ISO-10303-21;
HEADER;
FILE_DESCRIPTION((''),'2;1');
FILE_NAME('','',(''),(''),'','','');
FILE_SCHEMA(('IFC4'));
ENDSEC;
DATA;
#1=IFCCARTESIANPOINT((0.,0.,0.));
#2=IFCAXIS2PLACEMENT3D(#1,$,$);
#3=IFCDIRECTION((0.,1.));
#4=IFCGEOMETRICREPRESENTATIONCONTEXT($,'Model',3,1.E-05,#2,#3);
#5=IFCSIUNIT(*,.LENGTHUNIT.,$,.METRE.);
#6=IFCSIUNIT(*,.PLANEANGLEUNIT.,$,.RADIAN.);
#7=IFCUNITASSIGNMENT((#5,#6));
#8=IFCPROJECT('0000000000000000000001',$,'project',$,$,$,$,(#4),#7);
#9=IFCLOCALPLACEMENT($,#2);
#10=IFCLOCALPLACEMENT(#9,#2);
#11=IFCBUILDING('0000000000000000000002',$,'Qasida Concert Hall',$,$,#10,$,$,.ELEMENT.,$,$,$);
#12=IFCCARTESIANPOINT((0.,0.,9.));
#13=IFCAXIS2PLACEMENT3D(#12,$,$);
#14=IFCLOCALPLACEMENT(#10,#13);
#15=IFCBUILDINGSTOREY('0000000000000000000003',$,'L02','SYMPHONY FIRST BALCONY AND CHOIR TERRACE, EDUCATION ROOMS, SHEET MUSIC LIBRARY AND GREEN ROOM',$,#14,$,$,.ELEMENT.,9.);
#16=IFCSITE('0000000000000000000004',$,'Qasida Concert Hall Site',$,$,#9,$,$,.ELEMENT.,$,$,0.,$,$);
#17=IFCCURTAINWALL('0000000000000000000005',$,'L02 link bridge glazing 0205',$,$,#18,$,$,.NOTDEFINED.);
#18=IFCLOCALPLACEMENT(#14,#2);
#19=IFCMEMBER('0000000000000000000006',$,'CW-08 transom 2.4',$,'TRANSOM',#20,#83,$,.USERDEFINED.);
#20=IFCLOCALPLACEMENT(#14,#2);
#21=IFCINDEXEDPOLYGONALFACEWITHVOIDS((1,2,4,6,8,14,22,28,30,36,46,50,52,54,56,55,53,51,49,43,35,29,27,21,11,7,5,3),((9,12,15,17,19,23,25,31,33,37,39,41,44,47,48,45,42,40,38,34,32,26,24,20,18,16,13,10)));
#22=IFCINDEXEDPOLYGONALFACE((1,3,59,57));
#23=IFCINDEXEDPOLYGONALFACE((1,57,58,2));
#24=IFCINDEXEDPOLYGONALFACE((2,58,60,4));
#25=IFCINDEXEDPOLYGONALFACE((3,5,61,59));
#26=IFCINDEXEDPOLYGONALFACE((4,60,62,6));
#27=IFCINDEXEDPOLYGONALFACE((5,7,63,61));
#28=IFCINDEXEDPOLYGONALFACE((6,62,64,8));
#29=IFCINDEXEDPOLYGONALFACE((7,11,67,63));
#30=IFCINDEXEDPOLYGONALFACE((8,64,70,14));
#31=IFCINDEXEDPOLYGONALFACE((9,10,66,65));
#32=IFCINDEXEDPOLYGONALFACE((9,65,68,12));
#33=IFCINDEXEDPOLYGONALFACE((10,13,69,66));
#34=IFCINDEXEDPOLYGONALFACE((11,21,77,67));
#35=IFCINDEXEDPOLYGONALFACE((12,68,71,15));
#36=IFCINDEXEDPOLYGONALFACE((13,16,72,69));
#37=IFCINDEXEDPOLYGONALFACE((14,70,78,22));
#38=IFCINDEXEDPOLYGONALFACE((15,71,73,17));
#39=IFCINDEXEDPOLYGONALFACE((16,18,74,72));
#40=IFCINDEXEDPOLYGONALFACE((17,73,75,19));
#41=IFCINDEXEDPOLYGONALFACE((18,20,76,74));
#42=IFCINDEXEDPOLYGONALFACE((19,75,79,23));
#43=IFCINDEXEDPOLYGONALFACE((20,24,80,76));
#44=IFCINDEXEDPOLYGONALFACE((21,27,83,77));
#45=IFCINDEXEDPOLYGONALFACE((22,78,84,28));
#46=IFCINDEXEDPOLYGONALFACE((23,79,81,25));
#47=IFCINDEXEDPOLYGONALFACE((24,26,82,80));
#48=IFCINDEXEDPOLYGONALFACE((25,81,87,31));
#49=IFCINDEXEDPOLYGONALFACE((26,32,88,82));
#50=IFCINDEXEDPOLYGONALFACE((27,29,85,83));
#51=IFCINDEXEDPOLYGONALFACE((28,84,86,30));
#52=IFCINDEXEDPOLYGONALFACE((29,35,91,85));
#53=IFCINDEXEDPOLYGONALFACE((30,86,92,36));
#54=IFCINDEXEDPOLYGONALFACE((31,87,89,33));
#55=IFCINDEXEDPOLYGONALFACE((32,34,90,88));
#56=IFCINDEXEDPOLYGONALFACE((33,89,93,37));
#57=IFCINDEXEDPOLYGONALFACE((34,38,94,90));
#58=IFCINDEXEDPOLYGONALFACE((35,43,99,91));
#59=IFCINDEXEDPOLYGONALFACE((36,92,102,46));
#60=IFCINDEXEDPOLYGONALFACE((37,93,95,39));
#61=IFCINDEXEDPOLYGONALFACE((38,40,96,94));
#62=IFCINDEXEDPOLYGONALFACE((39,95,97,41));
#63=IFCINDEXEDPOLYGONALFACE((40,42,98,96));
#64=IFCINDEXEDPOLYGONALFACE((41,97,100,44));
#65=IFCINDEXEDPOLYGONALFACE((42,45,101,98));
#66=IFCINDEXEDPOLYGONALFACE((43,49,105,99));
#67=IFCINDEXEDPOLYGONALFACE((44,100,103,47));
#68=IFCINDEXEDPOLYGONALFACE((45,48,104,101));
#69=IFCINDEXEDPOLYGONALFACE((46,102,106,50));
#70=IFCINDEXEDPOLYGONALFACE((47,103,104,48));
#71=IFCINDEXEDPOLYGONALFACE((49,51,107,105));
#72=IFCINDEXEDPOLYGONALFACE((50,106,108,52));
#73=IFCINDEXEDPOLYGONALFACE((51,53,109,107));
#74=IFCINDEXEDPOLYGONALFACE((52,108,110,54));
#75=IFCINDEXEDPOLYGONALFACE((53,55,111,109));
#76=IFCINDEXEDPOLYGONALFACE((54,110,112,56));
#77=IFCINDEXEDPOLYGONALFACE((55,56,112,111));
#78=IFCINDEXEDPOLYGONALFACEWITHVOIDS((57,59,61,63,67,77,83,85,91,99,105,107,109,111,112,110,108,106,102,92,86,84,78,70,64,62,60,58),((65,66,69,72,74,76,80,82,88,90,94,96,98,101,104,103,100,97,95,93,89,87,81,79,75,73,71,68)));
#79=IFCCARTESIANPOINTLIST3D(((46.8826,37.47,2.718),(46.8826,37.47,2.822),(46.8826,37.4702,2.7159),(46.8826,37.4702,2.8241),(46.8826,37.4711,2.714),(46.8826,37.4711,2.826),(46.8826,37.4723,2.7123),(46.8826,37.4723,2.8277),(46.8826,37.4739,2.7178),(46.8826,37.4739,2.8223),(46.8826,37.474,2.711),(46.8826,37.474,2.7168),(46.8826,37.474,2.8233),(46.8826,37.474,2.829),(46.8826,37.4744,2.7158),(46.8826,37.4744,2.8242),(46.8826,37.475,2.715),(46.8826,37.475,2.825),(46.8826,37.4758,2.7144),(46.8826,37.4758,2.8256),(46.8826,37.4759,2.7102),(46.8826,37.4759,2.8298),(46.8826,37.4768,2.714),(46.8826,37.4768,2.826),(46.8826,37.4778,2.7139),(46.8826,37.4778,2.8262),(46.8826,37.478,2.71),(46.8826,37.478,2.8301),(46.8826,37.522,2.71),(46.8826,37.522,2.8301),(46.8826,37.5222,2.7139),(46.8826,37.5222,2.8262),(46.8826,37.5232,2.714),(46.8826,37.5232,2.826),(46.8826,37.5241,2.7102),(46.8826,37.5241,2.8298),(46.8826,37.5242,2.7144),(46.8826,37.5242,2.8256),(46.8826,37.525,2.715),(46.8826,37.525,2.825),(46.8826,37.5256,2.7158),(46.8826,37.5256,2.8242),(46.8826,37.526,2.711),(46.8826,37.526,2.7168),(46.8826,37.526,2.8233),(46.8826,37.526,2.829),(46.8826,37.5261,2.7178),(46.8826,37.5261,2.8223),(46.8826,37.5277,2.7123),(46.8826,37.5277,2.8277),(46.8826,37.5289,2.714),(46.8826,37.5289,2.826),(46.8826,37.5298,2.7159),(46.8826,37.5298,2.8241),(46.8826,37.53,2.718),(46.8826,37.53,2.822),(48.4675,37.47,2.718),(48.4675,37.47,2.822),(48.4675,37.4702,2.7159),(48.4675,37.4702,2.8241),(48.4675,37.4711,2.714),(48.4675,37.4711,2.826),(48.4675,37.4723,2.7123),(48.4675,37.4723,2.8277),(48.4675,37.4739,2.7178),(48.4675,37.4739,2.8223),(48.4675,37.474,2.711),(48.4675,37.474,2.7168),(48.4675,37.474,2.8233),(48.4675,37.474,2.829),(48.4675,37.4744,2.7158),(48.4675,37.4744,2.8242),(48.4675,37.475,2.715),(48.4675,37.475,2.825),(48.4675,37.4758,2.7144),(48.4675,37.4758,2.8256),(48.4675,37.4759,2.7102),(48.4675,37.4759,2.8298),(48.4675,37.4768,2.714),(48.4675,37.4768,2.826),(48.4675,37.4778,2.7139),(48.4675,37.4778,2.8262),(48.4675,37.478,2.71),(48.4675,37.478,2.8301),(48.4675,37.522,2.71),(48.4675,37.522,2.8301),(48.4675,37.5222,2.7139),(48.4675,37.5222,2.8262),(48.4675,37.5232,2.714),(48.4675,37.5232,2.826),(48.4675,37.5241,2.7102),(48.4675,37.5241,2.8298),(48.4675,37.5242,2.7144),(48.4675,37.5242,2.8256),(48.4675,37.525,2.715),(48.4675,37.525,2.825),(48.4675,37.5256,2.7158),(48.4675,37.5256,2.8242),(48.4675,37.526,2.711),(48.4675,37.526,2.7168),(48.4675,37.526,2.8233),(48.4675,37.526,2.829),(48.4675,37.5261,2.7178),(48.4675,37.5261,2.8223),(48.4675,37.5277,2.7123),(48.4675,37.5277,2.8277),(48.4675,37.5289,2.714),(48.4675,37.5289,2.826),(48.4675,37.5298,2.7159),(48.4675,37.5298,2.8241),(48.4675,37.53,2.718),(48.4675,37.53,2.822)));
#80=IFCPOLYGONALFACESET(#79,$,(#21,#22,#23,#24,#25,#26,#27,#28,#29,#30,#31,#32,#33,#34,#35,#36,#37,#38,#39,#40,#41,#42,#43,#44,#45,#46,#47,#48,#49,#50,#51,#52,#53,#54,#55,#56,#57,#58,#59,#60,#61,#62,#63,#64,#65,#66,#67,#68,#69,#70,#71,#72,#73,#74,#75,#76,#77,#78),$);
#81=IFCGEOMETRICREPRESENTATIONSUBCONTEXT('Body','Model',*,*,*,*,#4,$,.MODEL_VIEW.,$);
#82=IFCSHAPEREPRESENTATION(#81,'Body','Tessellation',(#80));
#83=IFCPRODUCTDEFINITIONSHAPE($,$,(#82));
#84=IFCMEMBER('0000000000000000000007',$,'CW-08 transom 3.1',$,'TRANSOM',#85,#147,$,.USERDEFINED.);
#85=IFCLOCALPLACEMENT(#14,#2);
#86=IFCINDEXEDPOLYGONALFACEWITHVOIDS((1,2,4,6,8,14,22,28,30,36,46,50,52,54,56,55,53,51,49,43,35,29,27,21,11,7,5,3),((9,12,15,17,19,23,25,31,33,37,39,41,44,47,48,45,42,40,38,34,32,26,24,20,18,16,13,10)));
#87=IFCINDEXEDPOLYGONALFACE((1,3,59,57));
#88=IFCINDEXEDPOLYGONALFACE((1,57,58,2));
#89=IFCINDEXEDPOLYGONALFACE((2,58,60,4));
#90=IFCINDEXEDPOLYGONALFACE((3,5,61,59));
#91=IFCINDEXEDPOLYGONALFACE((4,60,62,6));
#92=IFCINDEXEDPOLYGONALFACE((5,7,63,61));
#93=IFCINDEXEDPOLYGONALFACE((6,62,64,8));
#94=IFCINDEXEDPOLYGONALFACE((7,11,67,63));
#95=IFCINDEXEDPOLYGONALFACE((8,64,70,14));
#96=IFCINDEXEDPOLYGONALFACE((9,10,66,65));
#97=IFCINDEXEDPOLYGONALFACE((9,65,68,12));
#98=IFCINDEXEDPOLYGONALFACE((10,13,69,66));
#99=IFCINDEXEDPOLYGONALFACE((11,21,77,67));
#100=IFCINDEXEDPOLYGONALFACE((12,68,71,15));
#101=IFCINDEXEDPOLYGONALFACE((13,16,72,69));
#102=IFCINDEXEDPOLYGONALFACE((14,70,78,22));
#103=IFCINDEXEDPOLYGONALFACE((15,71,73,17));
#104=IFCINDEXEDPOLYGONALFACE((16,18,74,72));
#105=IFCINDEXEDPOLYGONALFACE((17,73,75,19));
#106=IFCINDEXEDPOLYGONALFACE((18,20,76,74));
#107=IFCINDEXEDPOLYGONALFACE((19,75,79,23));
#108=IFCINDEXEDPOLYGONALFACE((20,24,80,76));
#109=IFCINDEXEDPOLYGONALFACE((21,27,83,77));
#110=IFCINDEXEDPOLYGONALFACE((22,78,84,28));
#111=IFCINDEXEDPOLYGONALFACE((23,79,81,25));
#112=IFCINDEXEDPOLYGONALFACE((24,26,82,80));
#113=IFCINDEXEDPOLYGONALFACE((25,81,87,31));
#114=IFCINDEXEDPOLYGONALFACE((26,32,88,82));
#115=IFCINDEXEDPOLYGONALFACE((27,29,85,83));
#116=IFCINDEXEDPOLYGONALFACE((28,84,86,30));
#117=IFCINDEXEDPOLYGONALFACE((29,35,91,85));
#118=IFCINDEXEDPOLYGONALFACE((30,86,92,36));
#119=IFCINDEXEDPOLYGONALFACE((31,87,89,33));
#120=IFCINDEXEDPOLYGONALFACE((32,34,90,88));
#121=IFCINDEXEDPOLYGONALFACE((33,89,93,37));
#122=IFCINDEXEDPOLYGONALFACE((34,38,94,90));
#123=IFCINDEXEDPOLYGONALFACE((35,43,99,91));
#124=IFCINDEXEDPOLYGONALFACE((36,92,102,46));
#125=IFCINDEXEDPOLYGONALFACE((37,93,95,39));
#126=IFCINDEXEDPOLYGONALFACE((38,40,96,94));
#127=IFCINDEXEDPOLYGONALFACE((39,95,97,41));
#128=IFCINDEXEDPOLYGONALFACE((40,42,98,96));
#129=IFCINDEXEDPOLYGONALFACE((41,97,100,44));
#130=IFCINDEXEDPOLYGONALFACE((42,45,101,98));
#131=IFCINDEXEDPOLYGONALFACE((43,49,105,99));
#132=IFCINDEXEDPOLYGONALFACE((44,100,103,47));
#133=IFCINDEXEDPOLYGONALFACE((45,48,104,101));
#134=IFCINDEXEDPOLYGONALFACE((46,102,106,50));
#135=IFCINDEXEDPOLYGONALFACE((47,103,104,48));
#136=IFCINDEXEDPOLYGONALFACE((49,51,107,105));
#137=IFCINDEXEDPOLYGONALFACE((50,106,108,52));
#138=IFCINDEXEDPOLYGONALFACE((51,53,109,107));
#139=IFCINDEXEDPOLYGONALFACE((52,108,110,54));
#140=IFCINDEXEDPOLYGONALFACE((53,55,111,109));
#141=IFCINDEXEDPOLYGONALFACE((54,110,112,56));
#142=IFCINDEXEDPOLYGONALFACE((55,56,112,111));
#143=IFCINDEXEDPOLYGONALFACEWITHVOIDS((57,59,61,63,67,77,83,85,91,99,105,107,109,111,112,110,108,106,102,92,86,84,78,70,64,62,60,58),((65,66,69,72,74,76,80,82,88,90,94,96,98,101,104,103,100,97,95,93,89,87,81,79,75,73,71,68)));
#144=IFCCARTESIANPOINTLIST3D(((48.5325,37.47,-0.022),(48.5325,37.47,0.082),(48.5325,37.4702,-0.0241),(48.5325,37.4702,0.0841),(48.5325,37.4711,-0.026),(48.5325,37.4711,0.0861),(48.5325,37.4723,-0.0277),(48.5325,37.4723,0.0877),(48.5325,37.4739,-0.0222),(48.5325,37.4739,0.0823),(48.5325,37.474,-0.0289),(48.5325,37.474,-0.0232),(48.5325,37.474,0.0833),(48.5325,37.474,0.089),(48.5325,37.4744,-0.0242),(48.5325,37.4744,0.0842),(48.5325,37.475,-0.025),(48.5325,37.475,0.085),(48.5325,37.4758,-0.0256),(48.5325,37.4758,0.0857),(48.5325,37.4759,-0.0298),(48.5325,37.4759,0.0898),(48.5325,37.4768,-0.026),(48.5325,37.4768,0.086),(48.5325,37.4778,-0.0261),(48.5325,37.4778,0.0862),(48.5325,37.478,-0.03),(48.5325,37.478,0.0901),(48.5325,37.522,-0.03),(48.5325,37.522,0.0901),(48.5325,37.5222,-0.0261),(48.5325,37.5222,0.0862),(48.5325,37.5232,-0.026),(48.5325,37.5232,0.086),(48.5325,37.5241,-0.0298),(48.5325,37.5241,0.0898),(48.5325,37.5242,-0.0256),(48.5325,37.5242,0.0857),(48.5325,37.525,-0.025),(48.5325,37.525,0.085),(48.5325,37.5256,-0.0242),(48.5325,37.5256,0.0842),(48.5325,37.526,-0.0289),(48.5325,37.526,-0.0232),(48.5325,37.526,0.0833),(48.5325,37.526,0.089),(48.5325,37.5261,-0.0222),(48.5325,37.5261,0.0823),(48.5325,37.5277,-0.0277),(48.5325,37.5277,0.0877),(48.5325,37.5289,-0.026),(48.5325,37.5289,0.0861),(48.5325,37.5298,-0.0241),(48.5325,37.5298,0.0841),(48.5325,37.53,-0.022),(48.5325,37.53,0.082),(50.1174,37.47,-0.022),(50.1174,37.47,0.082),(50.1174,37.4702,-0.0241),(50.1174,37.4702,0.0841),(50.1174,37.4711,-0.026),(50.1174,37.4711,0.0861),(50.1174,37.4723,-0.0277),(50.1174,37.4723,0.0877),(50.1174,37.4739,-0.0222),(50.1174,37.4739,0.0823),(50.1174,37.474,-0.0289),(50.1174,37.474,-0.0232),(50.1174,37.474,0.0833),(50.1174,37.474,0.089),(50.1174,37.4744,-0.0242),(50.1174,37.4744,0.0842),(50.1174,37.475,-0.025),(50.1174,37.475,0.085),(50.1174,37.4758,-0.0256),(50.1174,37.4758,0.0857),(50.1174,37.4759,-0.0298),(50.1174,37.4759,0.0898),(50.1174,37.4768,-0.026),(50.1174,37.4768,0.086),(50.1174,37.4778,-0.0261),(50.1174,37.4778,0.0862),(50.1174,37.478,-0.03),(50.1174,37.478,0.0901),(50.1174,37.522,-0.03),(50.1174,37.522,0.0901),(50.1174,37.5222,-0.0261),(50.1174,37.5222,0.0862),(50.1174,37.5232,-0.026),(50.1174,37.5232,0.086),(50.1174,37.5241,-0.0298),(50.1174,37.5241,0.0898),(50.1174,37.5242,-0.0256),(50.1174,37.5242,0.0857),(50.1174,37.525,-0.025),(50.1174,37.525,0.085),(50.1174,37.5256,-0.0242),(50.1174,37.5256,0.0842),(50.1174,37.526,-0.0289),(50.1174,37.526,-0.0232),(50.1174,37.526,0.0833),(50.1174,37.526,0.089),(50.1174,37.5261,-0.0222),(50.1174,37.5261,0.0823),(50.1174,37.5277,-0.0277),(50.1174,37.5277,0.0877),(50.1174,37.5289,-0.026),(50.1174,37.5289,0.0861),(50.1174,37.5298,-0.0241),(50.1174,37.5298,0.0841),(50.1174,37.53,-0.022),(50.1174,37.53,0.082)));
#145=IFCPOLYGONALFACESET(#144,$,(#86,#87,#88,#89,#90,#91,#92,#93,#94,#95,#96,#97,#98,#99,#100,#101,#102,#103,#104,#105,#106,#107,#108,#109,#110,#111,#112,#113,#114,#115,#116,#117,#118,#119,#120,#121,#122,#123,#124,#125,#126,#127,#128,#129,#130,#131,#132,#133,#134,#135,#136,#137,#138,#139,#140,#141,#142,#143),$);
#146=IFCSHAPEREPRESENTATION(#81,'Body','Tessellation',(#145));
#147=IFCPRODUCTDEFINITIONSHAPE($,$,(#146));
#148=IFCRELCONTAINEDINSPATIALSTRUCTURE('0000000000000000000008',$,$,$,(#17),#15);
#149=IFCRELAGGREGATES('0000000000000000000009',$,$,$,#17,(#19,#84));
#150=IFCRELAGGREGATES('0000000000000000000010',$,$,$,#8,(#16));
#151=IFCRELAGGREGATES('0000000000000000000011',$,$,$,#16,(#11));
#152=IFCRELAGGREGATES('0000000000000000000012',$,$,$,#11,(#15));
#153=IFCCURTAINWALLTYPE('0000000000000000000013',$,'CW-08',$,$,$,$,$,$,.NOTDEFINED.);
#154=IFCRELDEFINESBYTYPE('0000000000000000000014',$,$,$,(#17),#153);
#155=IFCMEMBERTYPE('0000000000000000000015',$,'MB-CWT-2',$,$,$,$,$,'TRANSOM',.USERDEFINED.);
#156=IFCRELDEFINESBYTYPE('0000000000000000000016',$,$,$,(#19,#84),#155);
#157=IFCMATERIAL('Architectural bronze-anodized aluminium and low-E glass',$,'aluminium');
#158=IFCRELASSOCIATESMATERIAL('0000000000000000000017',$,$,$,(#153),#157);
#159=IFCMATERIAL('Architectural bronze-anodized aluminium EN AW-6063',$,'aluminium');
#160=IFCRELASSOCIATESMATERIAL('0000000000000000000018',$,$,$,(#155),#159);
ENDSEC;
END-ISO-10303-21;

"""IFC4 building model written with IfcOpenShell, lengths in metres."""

from ifc_helpers import new_model, si_unit, direction, frame, origin, origin_2d, place, context, subcontext, project, spatial, hollow_rectangle, extrude, material, material_profile, profile_set, type_object, element, aggregate, save


model = new_model("IFC4")

# Units and contexts
model_context = context("Model", 3, precision=1e-05, world=origin(), true_north=direction((0.0, 1.0)))
body_context = subcontext(model_context, "Body", "Model", "MODEL_VIEW")
ifc_project = project(units=[si_unit("LENGTHUNIT", "METRE"), si_unit("PLANEANGLEUNIT", "RADIAN")], contexts=[model_context])

# Site, building, storey
site_placement = place(None, origin())
site = spatial("IfcSite", under=ifc_project, at=site_placement, Name="Qasida Concert Hall Site", CompositionType="ELEMENT", RefElevation=0.0)
building_placement = place(site_placement, origin())
building = spatial("IfcBuilding", under=site, at=building_placement, Name="Qasida Concert Hall", CompositionType="ELEMENT")
storey_placement = place(building_placement, frame((0.0, 0.0, 9.0)))
storey = spatial("IfcBuildingStorey", under=building, at=storey_placement, Name="L02", Description="SYMPHONY FIRST BALCONY AND CHOIR TERRACE, EDUCATION ROOMS, SHEET MUSIC LIBRARY AND GREEN ROOM", CompositionType="ELEMENT", Elevation=9.0)

# Curtain wall, members
ifc_material_1 = material(Name="Architectural bronze-anodized aluminium and low-E glass", Category="aluminium")
curtain_wall_type = type_object("IfcCurtainWallType", Name="CW-08", PredefinedType="NOTDEFINED", material=ifc_material_1)
curtain_wall_placement = place(storey_placement, origin())
curtain_wall = element("IfcCurtainWall", 1, at=curtain_wall_placement, inside=storey, type_object=curtain_wall_type, Name="L02 link bridge glazing 0205", PredefinedType="NOTDEFINED")
ifc_material_2 = material(Name="Architectural bronze-anodized aluminium EN AW-6063", Category="aluminium")
ifc_material_profile_1 = material_profile(ifc_material_2, hollow_rectangle(XDim=0.0601, YDim=0.1201, WallThickness=0.0039, InnerFilletRadius=0.0039, OuterFilletRadius=0.0081, at=origin_2d()), Name="CWT 120x60x4")
ifc_profile_set_1 = profile_set([ifc_material_profile_1], Name="Architectural bronze-anodized aluminium EN AW-6063")
member_type_1 = type_object("IfcMemberType", Name="MB-CWT-2", ElementType="TRANSOM", PredefinedType="USERDEFINED", material=ifc_profile_set_1)
member_1_placement = place(storey_placement, frame((46.8826, 37.5, 2.77), z_axis=(1.0, 0.0, 0.0), x_axis=(0.0, 1.0, 0.0)))
member_1 = element("IfcMember", 2, at=member_1_placement, type_object=member_type_1, Name="CW-08 transom 2.4", ObjectType="TRANSOM", PredefinedType="USERDEFINED", context=body_context, shape_type="SweptSolid", body=[
    extrude(hollow_rectangle(XDim=0.0601, YDim=0.1201, WallThickness=0.0039, InnerFilletRadius=0.0039, OuterFilletRadius=0.0081, at=origin_2d()), origin(), (0.0, 0.0, 1.0), 1.585),
])
member_2_placement = place(storey_placement, frame((48.5325, 37.5, 0.03), z_axis=(1.0, 0.0, 0.0), x_axis=(0.0, 1.0, 0.0)))
member_2 = element("IfcMember", 3, at=member_2_placement, type_object=member_type_1, Name="CW-08 transom 3.1", ObjectType="TRANSOM", PredefinedType="USERDEFINED", context=body_context, shape_type="SweptSolid", body=[
    extrude(hollow_rectangle(XDim=0.0601, YDim=0.1201, WallThickness=0.0039, InnerFilletRadius=0.0039, OuterFilletRadius=0.0081, at=origin_2d()), origin(), (0.0, 0.0, 1.0), 1.585),
])
aggregate(curtain_wall, [member_1, member_2])

save(model, "model.ifc")
